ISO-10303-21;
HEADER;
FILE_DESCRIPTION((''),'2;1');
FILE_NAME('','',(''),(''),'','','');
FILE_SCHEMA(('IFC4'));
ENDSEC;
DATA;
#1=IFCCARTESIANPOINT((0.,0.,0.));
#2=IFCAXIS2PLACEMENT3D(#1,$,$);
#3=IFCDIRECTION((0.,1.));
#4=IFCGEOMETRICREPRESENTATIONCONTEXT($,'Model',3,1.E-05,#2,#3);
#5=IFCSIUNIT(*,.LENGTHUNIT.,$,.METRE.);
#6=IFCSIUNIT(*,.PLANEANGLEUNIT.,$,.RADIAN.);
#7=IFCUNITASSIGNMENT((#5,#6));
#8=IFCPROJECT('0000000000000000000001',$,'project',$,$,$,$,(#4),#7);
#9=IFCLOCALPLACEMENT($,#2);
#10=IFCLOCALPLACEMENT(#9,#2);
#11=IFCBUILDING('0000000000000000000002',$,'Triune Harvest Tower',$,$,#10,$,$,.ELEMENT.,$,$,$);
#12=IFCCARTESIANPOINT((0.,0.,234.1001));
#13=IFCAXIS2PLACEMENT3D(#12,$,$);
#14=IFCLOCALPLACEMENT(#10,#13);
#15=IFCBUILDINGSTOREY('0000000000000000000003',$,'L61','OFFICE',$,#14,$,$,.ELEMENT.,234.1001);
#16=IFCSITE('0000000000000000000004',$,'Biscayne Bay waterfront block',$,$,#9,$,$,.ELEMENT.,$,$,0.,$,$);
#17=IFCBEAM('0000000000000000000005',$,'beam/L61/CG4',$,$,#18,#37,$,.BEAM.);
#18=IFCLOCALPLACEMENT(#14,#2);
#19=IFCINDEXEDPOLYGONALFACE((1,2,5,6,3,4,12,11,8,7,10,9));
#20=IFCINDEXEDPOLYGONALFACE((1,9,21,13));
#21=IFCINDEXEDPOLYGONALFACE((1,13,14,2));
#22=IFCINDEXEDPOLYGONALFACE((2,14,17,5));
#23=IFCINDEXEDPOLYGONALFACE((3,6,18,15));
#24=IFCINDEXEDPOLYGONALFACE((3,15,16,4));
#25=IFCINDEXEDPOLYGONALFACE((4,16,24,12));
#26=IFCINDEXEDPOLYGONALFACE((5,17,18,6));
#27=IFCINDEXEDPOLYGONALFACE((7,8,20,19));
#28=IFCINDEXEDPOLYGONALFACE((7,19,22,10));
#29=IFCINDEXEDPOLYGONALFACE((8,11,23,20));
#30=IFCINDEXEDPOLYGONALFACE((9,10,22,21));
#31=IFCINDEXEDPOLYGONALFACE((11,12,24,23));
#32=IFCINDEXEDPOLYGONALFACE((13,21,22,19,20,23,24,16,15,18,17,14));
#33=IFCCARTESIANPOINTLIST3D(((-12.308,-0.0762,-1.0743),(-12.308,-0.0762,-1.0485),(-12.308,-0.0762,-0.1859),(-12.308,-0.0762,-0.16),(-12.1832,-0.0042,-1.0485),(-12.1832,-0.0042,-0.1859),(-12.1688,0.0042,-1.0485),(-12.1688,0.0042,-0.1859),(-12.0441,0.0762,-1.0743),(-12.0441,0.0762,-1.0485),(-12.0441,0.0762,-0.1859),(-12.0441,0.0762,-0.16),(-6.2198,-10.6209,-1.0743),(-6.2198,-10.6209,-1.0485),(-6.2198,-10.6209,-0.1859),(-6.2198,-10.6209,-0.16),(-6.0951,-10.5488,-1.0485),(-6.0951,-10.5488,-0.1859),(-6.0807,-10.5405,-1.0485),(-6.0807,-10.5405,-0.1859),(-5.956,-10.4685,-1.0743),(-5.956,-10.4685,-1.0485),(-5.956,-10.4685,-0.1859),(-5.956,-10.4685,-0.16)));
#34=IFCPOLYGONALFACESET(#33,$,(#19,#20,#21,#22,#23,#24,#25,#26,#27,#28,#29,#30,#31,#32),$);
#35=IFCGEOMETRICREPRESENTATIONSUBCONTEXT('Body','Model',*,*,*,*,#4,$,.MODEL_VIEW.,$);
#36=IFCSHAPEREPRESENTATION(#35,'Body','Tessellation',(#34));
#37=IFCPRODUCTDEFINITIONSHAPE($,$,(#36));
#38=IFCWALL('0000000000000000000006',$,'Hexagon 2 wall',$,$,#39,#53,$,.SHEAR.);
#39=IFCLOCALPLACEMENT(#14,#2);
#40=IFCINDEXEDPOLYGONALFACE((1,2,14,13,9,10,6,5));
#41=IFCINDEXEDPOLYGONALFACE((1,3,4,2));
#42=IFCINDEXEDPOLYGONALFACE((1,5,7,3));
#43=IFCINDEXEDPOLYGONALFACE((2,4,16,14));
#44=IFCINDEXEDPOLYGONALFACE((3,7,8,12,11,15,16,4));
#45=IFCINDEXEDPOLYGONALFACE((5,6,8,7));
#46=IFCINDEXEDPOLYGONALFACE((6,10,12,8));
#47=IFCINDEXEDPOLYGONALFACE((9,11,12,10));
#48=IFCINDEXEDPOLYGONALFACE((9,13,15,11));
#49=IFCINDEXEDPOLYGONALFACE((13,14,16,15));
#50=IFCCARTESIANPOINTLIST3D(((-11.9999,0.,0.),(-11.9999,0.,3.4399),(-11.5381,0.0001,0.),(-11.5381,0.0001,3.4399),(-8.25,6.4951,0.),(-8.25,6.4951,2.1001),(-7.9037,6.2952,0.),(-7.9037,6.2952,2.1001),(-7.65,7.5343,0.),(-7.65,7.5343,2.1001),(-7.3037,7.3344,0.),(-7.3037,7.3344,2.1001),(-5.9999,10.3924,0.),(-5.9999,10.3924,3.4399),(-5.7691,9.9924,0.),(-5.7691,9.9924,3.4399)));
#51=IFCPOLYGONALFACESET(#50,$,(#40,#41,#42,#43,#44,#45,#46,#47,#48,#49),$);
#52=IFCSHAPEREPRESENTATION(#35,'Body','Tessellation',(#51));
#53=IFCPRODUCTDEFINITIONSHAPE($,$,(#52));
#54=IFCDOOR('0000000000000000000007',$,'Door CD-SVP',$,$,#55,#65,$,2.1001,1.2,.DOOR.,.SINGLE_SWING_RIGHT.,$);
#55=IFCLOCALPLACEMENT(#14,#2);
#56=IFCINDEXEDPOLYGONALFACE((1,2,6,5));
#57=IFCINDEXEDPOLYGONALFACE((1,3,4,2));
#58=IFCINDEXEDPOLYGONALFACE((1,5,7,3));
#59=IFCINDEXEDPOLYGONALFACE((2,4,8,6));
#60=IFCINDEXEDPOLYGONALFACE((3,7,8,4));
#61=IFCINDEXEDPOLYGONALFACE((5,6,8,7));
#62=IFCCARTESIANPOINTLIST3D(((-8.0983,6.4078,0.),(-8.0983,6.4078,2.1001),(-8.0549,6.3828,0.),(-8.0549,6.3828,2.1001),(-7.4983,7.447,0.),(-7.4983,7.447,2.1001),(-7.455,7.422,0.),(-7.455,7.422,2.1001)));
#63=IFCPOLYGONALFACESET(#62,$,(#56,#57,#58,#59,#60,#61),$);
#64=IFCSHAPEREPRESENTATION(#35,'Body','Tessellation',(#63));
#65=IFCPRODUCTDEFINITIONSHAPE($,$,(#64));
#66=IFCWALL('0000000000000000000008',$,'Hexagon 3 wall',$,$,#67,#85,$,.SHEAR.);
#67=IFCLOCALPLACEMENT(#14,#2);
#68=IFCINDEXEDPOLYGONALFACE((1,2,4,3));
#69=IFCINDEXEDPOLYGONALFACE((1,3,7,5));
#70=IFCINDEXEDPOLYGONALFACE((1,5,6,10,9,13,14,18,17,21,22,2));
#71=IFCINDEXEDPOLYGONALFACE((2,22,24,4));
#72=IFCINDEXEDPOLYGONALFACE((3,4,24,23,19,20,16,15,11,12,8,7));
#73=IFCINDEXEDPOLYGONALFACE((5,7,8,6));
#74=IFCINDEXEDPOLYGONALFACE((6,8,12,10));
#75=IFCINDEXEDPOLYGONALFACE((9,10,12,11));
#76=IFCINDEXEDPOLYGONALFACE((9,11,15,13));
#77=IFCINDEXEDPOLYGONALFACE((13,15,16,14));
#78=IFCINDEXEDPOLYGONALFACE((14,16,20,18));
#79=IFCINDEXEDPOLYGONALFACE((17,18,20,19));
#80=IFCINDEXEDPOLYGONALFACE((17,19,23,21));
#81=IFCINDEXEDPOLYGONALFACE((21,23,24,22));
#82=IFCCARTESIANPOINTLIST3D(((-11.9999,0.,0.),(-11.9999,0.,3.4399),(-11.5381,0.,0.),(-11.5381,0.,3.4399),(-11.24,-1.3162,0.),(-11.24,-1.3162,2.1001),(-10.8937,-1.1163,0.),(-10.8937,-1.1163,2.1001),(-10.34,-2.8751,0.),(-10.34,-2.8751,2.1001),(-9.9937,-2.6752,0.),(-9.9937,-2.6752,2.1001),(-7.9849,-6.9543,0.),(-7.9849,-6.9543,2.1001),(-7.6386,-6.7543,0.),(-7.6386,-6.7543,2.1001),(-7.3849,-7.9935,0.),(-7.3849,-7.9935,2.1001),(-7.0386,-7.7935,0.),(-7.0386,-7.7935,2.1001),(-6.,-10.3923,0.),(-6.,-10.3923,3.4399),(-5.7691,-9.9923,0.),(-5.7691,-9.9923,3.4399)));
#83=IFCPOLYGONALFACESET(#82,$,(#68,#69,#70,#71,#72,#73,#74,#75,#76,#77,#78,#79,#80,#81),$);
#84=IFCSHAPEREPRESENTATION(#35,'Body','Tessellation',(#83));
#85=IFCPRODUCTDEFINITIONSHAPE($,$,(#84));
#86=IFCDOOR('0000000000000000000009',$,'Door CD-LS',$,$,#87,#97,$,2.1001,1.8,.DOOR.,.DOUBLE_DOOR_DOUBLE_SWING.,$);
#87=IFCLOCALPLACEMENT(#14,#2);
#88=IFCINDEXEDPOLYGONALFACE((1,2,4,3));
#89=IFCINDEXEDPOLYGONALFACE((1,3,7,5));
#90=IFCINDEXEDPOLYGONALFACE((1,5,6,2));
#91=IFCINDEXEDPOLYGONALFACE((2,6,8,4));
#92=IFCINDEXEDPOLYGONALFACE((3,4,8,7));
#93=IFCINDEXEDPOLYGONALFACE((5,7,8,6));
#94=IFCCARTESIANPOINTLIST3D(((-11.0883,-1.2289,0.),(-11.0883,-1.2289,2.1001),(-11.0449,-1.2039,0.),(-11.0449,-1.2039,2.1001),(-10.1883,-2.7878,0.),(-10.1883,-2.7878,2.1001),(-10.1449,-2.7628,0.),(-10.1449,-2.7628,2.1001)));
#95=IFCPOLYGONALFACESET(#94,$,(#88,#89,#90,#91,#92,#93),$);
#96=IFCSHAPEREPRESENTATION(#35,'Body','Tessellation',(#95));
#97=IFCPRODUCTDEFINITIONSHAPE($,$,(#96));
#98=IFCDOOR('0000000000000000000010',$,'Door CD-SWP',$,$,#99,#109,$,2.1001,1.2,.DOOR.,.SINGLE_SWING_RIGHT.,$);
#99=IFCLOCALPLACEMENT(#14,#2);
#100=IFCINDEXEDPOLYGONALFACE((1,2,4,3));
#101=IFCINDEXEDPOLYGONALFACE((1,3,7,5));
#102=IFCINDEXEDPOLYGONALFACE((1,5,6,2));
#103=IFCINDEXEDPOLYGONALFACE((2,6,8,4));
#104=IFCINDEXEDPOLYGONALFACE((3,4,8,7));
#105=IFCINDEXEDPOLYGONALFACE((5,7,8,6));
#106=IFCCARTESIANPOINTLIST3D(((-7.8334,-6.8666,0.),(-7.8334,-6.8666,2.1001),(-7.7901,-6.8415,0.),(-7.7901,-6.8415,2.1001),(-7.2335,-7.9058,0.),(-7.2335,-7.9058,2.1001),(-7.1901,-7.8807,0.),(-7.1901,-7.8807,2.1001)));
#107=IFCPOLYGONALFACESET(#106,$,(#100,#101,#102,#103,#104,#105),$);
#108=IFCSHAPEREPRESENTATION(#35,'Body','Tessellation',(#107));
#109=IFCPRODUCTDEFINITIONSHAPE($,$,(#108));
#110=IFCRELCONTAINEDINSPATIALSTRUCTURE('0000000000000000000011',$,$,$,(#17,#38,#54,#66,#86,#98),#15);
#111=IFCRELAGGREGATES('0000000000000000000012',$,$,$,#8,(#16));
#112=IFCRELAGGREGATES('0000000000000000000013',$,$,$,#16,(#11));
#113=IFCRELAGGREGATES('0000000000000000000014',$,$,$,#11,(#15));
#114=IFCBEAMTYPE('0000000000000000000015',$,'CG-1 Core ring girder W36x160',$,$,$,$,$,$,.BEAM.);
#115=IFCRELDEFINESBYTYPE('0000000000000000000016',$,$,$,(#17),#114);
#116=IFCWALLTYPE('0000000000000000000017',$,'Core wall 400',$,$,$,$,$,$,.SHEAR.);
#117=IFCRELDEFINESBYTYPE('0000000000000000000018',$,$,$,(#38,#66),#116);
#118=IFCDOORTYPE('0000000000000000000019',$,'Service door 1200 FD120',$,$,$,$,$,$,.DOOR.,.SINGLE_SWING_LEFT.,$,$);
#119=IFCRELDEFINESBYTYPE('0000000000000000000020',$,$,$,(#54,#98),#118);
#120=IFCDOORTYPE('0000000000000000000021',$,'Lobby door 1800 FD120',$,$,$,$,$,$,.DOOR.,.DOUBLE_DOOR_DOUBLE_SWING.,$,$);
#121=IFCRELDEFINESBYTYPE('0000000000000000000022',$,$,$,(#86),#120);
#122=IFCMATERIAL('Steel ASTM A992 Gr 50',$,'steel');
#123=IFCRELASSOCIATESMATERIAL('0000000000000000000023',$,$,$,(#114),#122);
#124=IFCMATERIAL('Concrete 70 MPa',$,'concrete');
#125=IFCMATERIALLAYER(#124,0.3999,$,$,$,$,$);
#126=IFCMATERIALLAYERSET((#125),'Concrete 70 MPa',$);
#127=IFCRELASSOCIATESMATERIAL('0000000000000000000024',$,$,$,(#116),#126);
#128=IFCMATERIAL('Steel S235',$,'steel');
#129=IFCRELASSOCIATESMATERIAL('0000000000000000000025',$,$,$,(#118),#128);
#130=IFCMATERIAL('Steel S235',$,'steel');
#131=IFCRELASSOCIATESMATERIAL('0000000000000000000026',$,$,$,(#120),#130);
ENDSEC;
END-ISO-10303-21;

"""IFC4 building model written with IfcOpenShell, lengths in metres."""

from ifc_helpers import new_model, si_unit, direction, frame, frame_2d, origin, origin_2d, place, context, subcontext, project, spatial, polyline, rectangle, i_section, outline, extrude, source, transform, mapped, material, layer, layer_set, material_profile, profile_set, type_object, element, fill, save


model = new_model("IFC4")

# Units and contexts
model_context = context("Model", 3, precision=1e-05, world=origin(), true_north=direction((0.0, 1.0)))
body_context = subcontext(model_context, "Body", "Model", "MODEL_VIEW")
ifc_project = project(units=[si_unit("LENGTHUNIT", "METRE"), si_unit("PLANEANGLEUNIT", "RADIAN")], contexts=[model_context])

# Site, building, storey
site_placement = place(None, origin())
site = spatial("IfcSite", under=ifc_project, at=site_placement, Name="Biscayne Bay waterfront block", CompositionType="ELEMENT", RefElevation=0.0)
building_placement = place(site_placement, origin())
building = spatial("IfcBuilding", under=site, at=building_placement, Name="Triune Harvest Tower", CompositionType="ELEMENT")
storey_placement = place(building_placement, frame((0.0, 0.0, 234.1001)))
storey = spatial("IfcBuildingStorey", under=building, at=storey_placement, Name="L61", Description="OFFICE", CompositionType="ELEMENT", Elevation=234.1001)

# Beam
ifc_material_1 = material(Name="Steel ASTM A992 Gr 50", Category="steel")
ifc_material_profile = material_profile(ifc_material_1, i_section(OverallWidth=0.3047, OverallDepth=0.9143, WebThickness=0.0166, FlangeThickness=0.0259, at=origin_2d()), Name="W36x160")
ifc_profile_set = profile_set([ifc_material_profile], Name="Steel ASTM A992 Gr 50")
beam_type = type_object("IfcBeamType", Name="CG-1 Core ring girder W36x160", PredefinedType="BEAM", material=ifc_profile_set)
shared_shape_1 = source(origin(), body_context, "Body", "SweptSolid", [
    extrude(i_section(OverallWidth=0.3047, OverallDepth=0.9143, WebThickness=0.0166, FlangeThickness=0.0259, at=origin_2d()), origin(), (0.0, 0.0, 1.0), 12.176),
])
beam_placement = place(storey_placement, frame((-12.176, 0.0, -0.6172), z_axis=(0.50001, -0.86602, 0.0), x_axis=(0.86602, 0.50001, 0.0)))
element("IfcBeam", 1, at=beam_placement, inside=storey, type_object=beam_type, Name="beam/L61/CG4", PredefinedType="BEAM", context=body_context, shape_type="MappedRepresentation", body=[
    mapped(shared_shape_1, transform((0.0, 0.0, 0.0), scale=1.0)),
])

# Wall, opening, door
ifc_material_2 = material(Name="Concrete 70 MPa", Category="concrete")
ifc_layer_1 = layer(ifc_material_2, 0.3999)
ifc_layer_set_1 = layer_set([ifc_layer_1], Name="Concrete 70 MPa")
wall_type_1 = type_object("IfcWallType", Name="Core wall 400", PredefinedType="SHEAR", material=ifc_layer_set_1)
shared_shape_2 = source(origin(), body_context, "Body", "SweptSolid", [
    extrude(outline(polyline([(-0.1155, -0.2), (11.8845, -0.2), (11.6536, 0.2), (0.1155, 0.2), (-0.1155, -0.2)])), origin(), (0.0, 0.0, 1.0), 3.4399),
])
wall_1_placement = place(storey_placement, frame((-5.8845, 10.1924, 0.0), z_axis=(0.0, 0.0, 1.0), x_axis=(-0.499997, -0.866027, 0.0)))
wall_1 = element("IfcWall", 2, at=wall_1_placement, inside=storey, type_object=wall_type_1, Name="Hexagon 2 wall", PredefinedType="SHEAR", context=body_context, shape_type="MappedRepresentation", body=[
    mapped(shared_shape_2, transform((0.0, 0.0, 0.0), scale=1.0)),
])
opening_1_placement = place(wall_1_placement, frame((3.1846, 0.0, 0.0)))
opening_1 = element("IfcOpeningElement", 3, at=opening_1_placement, cuts=wall_1, PredefinedType="OPENING", context=body_context, shape_type="SweptSolid", body=[
    extrude(rectangle(XDim=1.2, YDim=2.1001, at=frame_2d((0.6001, 1.05))), frame((0.0, 0.21, 0.0), z_axis=(0.0, -1.0, 0.0), x_axis=(1.0, 0.0, 0.0)), (0.0, 0.0, 1.0), 0.4199),
])
ifc_material_3 = material(Name="Steel S235", Category="steel")
door_type_1 = type_object("IfcDoorType", Name="Service door 1200 FD120", OperationType="SINGLE_SWING_LEFT", PredefinedType="DOOR", material=ifc_material_3)
door_1_placement = place(opening_1_placement, frame((1.2, 0.0, 0.0), z_axis=(0.0, 0.0, 1.0), x_axis=(-1.0, 0.0, 0.0)))
door_1 = element("IfcDoor", 4, at=door_1_placement, inside=storey, type_object=door_type_1, Name="Door CD-SVP", OperationType="SINGLE_SWING_RIGHT", OverallHeight=2.1001, OverallWidth=1.2, PredefinedType="DOOR", context=body_context, shape_type="SweptSolid", body=[
    extrude(rectangle(XDim=1.2, YDim=2.1001, at=frame_2d((0.6001, 1.05))), frame((0.0, 0.0249, 0.0), z_axis=(0.0, -1.0, 0.0), x_axis=(1.0, 0.0, 0.0)), (0.0, 0.0, 1.0), 0.05),
])
fill(opening_1, door_1)

# Wall, openings, doors
wall_2_placement = place(storey_placement, frame((-11.769, 0.0, 0.0), z_axis=(0.0, 0.0, 1.0), x_axis=(0.499997, -0.866027, 0.0)))
wall_2 = element("IfcWall", 5, at=wall_2_placement, inside=storey, type_object=wall_type_1, Name="Hexagon 3 wall", PredefinedType="SHEAR", context=body_context, shape_type="MappedRepresentation", body=[
    mapped(shared_shape_2, transform((0.0, 0.0, 0.0), scale=1.0)),
])
opening_2_placement = place(wall_2_placement, frame((1.4045, 0.0, 0.0)))
opening_2 = element("IfcOpeningElement", 6, at=opening_2_placement, cuts=wall_2, PredefinedType="OPENING", context=body_context, shape_type="SweptSolid", body=[
    extrude(rectangle(XDim=1.8, YDim=2.1001, at=frame_2d((0.8999, 1.05))), frame((0.0, 0.21, 0.0), z_axis=(0.0, -1.0, 0.0), x_axis=(1.0, 0.0, 0.0)), (0.0, 0.0, 1.0), 0.4199),
])
opening_3_placement = place(wall_2_placement, frame((7.9146, 0.0, 0.0)))
opening_3 = element("IfcOpeningElement", 7, at=opening_3_placement, cuts=wall_2, PredefinedType="OPENING", context=body_context, shape_type="SweptSolid", body=[
    extrude(rectangle(XDim=1.2, YDim=2.1001, at=frame_2d((0.6001, 1.05))), frame((0.0, 0.21, 0.0), z_axis=(0.0, -1.0, 0.0), x_axis=(1.0, 0.0, 0.0)), (0.0, 0.0, 1.0), 0.4199),
])
ifc_material_4 = material(Name="Steel S235", Category="steel")
door_type_2 = type_object("IfcDoorType", Name="Lobby door 1800 FD120", OperationType="DOUBLE_DOOR_DOUBLE_SWING", PredefinedType="DOOR", material=ifc_material_4)
door_2_placement = place(opening_2_placement, frame((1.8, 0.0, 0.0), z_axis=(0.0, 0.0, 1.0), x_axis=(-1.0, 0.0, 0.0)))
door_2 = element("IfcDoor", 8, at=door_2_placement, inside=storey, type_object=door_type_2, Name="Door CD-LS", OperationType="DOUBLE_DOOR_DOUBLE_SWING", OverallHeight=2.1001, OverallWidth=1.8, PredefinedType="DOOR", context=body_context, shape_type="SweptSolid", body=[
    extrude(rectangle(XDim=1.8, YDim=2.1001, at=frame_2d((0.8999, 1.05))), frame((0.0, 0.0249, 0.0), z_axis=(0.0, -1.0, 0.0), x_axis=(1.0, 0.0, 0.0)), (0.0, 0.0, 1.0), 0.05),
])
fill(opening_2, door_2)
door_3_placement = place(opening_3_placement, frame((1.2, 0.0, 0.0), z_axis=(0.0, 0.0, 1.0), x_axis=(-1.0, 0.0, 0.0)))
door_3 = element("IfcDoor", 9, at=door_3_placement, inside=storey, type_object=door_type_1, Name="Door CD-SWP", OperationType="SINGLE_SWING_RIGHT", OverallHeight=2.1001, OverallWidth=1.2, PredefinedType="DOOR", context=body_context, shape_type="SweptSolid", body=[
    extrude(rectangle(XDim=1.2, YDim=2.1001, at=frame_2d((0.6001, 1.05))), frame((0.0, 0.0249, 0.0), z_axis=(0.0, -1.0, 0.0), x_axis=(1.0, 0.0, 0.0)), (0.0, 0.0, 1.0), 0.05),
])
fill(opening_3, door_3)

save(model, "model.ifc")
